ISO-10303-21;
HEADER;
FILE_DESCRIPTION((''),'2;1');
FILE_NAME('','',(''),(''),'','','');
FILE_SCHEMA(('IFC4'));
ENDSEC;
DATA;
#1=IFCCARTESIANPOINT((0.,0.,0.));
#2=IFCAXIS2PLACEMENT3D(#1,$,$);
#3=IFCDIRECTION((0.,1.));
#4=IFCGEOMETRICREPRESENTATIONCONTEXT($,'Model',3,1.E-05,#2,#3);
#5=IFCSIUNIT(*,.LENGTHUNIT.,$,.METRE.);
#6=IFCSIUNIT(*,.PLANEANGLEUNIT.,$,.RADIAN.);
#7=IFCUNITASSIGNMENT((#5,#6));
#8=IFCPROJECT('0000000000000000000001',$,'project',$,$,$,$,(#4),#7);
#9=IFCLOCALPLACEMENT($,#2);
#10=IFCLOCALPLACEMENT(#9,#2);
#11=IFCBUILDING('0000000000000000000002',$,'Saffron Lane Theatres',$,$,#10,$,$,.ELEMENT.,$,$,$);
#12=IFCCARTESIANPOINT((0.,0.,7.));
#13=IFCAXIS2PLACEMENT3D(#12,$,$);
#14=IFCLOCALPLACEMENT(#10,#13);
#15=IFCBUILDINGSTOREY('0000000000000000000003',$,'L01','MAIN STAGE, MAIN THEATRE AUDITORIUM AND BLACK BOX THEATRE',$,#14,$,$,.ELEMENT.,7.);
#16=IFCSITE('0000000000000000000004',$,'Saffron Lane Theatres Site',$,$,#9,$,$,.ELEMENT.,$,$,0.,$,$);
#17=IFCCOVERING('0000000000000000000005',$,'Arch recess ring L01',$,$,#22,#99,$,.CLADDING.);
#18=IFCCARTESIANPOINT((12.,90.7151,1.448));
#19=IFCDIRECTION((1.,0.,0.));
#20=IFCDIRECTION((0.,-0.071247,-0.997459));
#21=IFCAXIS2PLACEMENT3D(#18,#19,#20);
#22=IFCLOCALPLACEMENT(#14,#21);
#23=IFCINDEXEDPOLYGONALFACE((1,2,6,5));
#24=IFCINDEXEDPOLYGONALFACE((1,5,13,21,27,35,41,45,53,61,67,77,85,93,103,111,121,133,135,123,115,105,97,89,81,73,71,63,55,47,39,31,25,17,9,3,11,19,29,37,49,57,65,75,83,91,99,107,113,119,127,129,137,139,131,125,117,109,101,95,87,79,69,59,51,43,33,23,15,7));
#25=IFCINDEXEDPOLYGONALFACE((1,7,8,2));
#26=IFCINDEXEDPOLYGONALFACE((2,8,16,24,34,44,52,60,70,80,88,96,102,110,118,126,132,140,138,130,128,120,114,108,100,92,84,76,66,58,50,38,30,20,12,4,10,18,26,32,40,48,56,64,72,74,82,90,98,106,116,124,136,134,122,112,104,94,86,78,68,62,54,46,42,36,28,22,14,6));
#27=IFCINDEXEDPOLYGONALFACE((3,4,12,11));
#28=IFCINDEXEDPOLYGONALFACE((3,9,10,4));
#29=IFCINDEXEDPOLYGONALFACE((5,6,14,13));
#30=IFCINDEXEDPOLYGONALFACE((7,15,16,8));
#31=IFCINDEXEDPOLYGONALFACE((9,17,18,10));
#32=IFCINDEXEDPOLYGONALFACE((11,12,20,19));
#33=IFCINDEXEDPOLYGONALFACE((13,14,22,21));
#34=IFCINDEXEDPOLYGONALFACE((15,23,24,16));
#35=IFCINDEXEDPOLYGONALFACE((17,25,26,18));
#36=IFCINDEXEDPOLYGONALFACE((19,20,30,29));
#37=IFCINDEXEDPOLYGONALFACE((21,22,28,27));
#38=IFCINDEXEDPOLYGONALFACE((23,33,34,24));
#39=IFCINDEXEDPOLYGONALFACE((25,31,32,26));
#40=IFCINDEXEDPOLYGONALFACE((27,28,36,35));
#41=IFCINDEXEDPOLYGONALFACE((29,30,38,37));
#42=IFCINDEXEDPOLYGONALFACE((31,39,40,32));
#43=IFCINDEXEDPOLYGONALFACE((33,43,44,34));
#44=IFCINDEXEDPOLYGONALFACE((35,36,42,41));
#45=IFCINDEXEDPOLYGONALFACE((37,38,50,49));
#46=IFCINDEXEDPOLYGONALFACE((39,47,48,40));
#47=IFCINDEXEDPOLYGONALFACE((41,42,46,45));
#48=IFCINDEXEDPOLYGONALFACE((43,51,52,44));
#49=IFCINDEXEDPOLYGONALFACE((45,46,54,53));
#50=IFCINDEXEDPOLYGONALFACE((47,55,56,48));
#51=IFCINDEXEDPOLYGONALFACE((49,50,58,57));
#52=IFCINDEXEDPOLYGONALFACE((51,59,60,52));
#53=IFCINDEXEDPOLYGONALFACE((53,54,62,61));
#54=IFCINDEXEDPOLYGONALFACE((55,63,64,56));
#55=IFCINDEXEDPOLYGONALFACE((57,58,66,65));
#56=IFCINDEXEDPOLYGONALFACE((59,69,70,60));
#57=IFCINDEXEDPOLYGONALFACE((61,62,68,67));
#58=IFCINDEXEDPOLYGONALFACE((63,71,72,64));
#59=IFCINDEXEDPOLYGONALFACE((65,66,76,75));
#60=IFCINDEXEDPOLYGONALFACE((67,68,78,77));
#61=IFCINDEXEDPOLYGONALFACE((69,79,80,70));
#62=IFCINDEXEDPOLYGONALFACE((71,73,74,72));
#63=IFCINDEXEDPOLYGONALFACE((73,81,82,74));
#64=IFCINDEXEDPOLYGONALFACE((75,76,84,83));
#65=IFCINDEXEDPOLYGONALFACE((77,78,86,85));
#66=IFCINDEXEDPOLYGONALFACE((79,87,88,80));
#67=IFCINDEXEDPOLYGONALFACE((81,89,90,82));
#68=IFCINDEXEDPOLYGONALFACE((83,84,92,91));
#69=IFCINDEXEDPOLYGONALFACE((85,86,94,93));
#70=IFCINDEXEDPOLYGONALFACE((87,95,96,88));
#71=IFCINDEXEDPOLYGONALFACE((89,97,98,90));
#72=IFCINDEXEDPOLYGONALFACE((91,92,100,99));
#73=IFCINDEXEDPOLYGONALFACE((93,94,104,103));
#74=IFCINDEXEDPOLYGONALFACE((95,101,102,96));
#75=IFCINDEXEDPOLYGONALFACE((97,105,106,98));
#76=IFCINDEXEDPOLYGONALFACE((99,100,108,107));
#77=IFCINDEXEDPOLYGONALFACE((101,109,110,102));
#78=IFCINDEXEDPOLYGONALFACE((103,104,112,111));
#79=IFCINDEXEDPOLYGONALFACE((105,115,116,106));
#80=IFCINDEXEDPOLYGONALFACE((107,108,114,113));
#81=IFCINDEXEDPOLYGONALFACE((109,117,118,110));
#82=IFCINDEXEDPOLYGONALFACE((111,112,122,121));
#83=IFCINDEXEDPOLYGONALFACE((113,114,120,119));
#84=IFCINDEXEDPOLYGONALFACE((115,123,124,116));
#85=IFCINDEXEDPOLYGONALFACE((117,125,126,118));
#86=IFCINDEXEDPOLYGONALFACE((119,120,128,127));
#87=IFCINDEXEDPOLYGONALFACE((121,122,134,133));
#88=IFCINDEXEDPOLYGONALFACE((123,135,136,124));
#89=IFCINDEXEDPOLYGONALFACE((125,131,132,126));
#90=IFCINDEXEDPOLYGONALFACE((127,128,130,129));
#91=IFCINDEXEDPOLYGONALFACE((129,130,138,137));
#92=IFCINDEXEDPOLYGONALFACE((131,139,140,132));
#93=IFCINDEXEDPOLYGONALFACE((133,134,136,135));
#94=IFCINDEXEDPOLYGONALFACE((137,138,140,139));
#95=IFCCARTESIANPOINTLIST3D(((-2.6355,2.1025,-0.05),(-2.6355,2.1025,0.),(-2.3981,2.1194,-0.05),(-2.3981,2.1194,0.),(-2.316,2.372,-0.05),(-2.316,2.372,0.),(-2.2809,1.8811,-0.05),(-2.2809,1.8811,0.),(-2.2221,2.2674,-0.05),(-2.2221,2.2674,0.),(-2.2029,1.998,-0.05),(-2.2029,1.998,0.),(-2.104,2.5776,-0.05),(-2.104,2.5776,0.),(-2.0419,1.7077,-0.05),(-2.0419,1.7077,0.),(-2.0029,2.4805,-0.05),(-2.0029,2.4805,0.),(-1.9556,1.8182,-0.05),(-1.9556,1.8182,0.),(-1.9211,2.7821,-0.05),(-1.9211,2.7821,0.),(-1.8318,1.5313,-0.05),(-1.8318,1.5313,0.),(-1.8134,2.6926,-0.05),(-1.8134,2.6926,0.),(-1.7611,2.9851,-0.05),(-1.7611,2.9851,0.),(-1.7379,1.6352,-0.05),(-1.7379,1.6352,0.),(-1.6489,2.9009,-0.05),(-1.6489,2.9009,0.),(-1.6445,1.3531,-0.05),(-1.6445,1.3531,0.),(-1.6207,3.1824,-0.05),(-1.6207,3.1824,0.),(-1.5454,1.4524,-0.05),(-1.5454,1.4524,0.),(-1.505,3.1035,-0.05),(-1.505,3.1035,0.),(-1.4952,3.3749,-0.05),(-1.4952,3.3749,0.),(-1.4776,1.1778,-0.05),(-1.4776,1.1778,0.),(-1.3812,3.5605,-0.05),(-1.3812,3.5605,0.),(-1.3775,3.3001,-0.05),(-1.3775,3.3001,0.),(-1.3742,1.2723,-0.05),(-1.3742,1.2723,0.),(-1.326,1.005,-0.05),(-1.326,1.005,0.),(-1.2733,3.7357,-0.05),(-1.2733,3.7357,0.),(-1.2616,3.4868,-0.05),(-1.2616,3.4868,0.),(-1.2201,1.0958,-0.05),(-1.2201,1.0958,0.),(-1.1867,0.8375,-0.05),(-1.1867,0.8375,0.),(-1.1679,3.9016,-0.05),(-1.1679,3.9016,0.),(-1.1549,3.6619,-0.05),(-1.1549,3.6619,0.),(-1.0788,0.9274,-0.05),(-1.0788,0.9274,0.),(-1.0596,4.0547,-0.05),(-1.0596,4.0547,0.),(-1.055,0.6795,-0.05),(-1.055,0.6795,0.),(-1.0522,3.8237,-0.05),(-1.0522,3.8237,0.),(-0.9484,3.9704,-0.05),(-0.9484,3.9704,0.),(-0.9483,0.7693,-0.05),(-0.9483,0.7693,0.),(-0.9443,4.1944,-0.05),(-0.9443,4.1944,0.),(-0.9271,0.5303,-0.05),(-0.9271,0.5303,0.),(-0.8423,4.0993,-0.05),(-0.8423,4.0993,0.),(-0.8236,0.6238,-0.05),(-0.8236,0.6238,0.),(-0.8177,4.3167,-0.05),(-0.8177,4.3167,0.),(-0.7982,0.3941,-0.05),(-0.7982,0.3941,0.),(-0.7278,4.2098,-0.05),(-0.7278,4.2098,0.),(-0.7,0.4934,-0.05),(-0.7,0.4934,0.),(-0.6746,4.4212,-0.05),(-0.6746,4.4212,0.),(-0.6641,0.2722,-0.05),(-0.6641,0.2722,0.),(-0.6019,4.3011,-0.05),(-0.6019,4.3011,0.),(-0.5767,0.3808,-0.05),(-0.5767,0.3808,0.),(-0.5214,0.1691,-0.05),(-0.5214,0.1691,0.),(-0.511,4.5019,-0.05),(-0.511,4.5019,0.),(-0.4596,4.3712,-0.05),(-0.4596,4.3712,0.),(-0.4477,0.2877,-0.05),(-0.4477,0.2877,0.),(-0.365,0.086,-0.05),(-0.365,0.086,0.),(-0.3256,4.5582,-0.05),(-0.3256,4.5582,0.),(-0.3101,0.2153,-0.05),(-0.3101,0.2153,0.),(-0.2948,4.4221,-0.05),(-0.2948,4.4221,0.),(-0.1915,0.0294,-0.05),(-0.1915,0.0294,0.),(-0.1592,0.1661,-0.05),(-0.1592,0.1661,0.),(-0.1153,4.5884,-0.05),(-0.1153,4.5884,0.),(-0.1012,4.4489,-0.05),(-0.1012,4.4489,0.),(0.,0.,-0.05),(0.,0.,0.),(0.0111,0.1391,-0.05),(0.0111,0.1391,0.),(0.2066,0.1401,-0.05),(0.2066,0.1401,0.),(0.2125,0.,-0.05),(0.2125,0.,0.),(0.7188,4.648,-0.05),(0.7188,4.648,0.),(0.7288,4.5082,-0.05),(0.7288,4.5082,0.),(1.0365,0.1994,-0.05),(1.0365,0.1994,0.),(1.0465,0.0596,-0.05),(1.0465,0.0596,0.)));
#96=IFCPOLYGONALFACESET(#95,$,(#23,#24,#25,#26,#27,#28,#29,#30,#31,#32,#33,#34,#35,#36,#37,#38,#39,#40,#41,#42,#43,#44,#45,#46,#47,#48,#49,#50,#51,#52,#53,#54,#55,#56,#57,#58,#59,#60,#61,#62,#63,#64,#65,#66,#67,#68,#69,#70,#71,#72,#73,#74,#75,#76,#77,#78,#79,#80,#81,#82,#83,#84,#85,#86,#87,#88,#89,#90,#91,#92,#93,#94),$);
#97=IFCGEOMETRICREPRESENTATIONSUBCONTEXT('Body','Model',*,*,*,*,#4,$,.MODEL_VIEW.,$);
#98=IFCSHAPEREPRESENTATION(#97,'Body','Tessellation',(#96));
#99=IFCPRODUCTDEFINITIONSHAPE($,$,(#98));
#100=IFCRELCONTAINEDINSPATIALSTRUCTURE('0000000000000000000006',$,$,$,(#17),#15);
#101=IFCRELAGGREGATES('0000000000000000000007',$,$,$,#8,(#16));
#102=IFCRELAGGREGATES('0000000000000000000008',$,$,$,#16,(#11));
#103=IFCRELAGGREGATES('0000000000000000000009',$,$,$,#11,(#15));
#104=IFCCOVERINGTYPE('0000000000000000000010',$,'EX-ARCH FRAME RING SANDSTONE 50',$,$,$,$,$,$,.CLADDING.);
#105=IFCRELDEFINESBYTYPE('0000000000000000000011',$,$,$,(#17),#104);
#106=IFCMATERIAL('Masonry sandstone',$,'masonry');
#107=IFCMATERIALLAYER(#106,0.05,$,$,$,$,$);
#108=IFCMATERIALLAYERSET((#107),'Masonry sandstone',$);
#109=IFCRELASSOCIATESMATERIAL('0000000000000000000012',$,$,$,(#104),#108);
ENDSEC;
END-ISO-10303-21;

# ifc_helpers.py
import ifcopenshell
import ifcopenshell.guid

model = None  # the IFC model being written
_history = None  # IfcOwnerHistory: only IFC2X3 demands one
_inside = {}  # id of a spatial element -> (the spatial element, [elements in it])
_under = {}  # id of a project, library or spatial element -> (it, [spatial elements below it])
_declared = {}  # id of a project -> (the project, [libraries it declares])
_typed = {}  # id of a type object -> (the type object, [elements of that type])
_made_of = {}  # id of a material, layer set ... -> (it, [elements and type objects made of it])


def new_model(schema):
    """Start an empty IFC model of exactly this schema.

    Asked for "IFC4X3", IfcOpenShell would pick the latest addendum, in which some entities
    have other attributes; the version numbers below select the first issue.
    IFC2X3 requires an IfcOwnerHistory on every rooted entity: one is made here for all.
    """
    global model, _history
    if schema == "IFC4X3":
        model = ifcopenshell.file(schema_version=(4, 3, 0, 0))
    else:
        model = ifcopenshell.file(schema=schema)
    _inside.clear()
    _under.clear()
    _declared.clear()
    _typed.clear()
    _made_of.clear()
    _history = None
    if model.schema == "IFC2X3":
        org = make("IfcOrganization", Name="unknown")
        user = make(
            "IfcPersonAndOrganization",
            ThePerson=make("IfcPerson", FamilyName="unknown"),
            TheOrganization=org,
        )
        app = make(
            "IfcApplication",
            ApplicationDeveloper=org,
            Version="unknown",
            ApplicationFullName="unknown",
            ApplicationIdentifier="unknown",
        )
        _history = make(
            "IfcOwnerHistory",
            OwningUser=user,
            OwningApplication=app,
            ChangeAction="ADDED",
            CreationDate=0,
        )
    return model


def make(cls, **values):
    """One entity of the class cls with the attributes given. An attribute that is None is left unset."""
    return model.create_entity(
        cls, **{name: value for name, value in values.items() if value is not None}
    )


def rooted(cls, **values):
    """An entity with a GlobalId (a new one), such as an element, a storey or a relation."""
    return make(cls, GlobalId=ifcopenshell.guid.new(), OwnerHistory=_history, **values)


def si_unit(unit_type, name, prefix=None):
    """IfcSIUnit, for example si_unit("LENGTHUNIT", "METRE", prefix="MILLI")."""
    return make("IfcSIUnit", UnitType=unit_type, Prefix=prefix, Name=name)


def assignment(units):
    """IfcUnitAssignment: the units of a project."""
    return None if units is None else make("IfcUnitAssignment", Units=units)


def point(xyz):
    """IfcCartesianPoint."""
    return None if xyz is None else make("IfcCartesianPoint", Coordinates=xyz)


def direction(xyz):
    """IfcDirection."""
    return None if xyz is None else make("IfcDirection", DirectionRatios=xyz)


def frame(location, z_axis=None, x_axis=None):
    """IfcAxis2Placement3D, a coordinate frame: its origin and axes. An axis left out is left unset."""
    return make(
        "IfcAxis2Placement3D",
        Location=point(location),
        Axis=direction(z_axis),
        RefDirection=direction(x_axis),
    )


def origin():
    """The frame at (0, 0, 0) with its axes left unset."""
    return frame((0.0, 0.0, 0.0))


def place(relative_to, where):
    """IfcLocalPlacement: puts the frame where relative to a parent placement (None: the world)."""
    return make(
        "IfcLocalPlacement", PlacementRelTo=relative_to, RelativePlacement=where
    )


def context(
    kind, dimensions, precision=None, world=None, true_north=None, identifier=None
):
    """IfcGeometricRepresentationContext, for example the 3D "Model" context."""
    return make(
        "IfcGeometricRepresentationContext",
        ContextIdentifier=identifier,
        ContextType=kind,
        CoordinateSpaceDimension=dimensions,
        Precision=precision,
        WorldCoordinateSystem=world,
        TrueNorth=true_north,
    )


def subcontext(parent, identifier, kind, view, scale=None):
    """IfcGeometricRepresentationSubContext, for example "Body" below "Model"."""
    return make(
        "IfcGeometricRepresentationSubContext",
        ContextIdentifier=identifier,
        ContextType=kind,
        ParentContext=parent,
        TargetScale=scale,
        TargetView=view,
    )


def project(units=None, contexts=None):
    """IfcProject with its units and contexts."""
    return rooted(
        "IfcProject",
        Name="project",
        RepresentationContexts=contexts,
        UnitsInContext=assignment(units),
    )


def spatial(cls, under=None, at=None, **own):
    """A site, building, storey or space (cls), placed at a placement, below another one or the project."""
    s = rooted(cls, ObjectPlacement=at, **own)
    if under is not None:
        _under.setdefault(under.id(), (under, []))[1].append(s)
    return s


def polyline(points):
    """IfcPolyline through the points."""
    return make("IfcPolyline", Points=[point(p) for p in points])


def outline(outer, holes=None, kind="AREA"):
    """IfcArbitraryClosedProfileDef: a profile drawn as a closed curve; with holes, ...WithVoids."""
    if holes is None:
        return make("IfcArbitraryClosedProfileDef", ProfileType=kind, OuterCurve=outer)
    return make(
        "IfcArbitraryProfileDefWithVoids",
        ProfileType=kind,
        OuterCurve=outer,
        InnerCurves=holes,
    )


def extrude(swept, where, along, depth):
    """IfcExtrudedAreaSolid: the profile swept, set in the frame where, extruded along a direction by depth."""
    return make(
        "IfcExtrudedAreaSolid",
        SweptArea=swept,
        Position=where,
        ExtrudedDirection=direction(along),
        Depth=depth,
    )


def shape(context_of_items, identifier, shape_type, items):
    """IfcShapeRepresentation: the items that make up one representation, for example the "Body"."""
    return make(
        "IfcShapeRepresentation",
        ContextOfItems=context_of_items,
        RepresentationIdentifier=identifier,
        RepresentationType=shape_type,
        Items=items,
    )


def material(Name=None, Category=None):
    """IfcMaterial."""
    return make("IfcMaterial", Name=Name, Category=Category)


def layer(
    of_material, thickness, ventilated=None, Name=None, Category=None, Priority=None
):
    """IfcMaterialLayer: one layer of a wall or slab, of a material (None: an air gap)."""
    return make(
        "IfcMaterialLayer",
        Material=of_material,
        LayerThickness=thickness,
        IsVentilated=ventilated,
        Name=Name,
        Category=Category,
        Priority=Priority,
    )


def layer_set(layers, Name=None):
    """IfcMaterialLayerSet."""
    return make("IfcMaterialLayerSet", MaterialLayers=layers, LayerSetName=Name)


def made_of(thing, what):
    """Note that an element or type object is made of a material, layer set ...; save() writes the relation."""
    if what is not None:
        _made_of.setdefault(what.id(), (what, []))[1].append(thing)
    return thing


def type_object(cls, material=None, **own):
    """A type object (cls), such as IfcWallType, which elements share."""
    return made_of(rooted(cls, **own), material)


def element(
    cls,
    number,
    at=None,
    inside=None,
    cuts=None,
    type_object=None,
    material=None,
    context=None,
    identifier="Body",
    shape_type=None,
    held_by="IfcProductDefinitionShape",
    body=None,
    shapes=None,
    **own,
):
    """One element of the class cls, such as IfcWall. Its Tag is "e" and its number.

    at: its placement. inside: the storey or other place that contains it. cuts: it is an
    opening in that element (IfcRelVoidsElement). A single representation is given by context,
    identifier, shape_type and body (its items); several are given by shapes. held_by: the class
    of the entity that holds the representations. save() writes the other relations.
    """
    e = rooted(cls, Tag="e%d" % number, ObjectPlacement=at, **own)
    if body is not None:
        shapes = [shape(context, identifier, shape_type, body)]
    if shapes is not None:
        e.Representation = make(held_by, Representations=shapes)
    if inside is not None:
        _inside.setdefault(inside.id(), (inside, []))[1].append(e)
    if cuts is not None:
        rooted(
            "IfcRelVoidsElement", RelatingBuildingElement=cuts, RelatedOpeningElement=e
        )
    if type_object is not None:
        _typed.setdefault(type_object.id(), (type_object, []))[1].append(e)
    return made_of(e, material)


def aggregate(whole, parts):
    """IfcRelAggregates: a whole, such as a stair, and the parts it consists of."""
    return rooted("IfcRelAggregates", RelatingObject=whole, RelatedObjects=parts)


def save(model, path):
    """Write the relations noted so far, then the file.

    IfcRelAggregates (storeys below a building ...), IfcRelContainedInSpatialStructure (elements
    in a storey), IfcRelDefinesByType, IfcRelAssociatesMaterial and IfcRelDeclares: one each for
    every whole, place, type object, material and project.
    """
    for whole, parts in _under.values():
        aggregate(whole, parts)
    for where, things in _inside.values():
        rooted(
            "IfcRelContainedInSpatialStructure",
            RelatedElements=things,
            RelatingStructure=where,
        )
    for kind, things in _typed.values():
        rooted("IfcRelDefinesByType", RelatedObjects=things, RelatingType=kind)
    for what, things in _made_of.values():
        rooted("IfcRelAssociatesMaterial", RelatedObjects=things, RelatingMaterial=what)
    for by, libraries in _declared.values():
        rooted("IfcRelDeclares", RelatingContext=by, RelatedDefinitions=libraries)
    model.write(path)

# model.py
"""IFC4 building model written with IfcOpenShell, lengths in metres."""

from ifc_helpers import new_model, si_unit, direction, frame, origin, place, context, subcontext, project, spatial, polyline, outline, extrude, material, layer, layer_set, type_object, element, save


model = new_model("IFC4")

# Units and contexts
model_context = context("Model", 3, precision=1e-05, world=origin(), true_north=direction((0.0, 1.0)))
body_context = subcontext(model_context, "Body", "Model", "MODEL_VIEW")
ifc_project = project(units=[si_unit("LENGTHUNIT", "METRE"), si_unit("PLANEANGLEUNIT", "RADIAN")], contexts=[model_context])

# Site, building, storey
site_placement = place(None, origin())
site = spatial("IfcSite", under=ifc_project, at=site_placement, Name="Saffron Lane Theatres Site", CompositionType="ELEMENT", RefElevation=0.0)
building_placement = place(site_placement, origin())
building = spatial("IfcBuilding", under=site, at=building_placement, Name="Saffron Lane Theatres", CompositionType="ELEMENT")
storey_placement = place(building_placement, frame((0.0, 0.0, 7.0)))
storey = spatial("IfcBuildingStorey", under=building, at=storey_placement, Name="L01", Description="MAIN STAGE, MAIN THEATRE AUDITORIUM AND BLACK BOX THEATRE", CompositionType="ELEMENT", Elevation=7.0)

# Covering
ifc_material_1 = material(Name="Masonry sandstone", Category="masonry")
ifc_layer_1 = layer(ifc_material_1, 0.05)
ifc_layer_set_1 = layer_set([ifc_layer_1], Name="Masonry sandstone")
covering_type_1 = type_object("IfcCoveringType", Name="EX-ARCH FRAME RING SANDSTONE 50", PredefinedType="CLADDING", material=ifc_layer_set_1)
covering_1_placement = place(storey_placement, frame((12.0, 90.7151, 1.448), z_axis=(1.0, 0.0, 0.0), x_axis=(0.0, -0.071247, -0.997459)))
element("IfcCovering", 1, at=covering_1_placement, inside=storey, type_object=covering_type_1, Name="Arch recess ring L01", PredefinedType="CLADDING", context=body_context, shape_type="SweptSolid", body=[
    extrude(outline(polyline([(0.0, 0.0), (0.2125, 0.0), (1.0465, 0.0596), (1.0365, 0.1994), (0.2066, 0.1401), (0.0111, 0.1391), (-0.1592, 0.1661), (-0.3101, 0.2153), (-0.4477, 0.2877), (-0.5767, 0.3808), (-0.7, 0.4934), (-0.8236, 0.6238), (-0.9483, 0.7693), (-1.0788, 0.9274), (-1.2201, 1.0958), (-1.3742, 1.2723), (-1.5454, 1.4524), (-1.7379, 1.6352), (-1.9556, 1.8182), (-2.2029, 1.998), (-2.3981, 2.1194), (-2.2221, 2.2674), (-2.0029, 2.4805), (-1.8134, 2.6926), (-1.6489, 2.9009), (-1.505, 3.1035), (-1.3775, 3.3001), (-1.2616, 3.4868), (-1.1549, 3.6619), (-1.0522, 3.8237), (-0.9484, 3.9704), (-0.8423, 4.0993), (-0.7278, 4.2098), (-0.6019, 4.3011), (-0.4596, 4.3712), (-0.2948, 4.4221), (-0.1012, 4.4489), (0.7288, 4.5082), (0.7188, 4.648), (-0.1153, 4.5884), (-0.3256, 4.5582), (-0.511, 4.5019), (-0.6746, 4.4212), (-0.8177, 4.3167), (-0.9443, 4.1944), (-1.0596, 4.0547), (-1.1679, 3.9016), (-1.2733, 3.7357), (-1.3812, 3.5605), (-1.4952, 3.3749), (-1.6207, 3.1824), (-1.7611, 2.9851), (-1.9211, 2.7821), (-2.104, 2.5776), (-2.316, 2.372), (-2.6355, 2.1025), (-2.2809, 1.8811), (-2.0419, 1.7077), (-1.8318, 1.5313), (-1.6445, 1.3531), (-1.4776, 1.1778), (-1.326, 1.005), (-1.1867, 0.8375), (-1.055, 0.6795), (-0.9271, 0.5303), (-0.7982, 0.3941), (-0.6641, 0.2722), (-0.5214, 0.1691), (-0.365, 0.086), (-0.1915, 0.0294), (0.0, 0.0)])), origin(), (0.0, 0.0, -1.0), 0.05),
])

save(model, "model.ifc")
